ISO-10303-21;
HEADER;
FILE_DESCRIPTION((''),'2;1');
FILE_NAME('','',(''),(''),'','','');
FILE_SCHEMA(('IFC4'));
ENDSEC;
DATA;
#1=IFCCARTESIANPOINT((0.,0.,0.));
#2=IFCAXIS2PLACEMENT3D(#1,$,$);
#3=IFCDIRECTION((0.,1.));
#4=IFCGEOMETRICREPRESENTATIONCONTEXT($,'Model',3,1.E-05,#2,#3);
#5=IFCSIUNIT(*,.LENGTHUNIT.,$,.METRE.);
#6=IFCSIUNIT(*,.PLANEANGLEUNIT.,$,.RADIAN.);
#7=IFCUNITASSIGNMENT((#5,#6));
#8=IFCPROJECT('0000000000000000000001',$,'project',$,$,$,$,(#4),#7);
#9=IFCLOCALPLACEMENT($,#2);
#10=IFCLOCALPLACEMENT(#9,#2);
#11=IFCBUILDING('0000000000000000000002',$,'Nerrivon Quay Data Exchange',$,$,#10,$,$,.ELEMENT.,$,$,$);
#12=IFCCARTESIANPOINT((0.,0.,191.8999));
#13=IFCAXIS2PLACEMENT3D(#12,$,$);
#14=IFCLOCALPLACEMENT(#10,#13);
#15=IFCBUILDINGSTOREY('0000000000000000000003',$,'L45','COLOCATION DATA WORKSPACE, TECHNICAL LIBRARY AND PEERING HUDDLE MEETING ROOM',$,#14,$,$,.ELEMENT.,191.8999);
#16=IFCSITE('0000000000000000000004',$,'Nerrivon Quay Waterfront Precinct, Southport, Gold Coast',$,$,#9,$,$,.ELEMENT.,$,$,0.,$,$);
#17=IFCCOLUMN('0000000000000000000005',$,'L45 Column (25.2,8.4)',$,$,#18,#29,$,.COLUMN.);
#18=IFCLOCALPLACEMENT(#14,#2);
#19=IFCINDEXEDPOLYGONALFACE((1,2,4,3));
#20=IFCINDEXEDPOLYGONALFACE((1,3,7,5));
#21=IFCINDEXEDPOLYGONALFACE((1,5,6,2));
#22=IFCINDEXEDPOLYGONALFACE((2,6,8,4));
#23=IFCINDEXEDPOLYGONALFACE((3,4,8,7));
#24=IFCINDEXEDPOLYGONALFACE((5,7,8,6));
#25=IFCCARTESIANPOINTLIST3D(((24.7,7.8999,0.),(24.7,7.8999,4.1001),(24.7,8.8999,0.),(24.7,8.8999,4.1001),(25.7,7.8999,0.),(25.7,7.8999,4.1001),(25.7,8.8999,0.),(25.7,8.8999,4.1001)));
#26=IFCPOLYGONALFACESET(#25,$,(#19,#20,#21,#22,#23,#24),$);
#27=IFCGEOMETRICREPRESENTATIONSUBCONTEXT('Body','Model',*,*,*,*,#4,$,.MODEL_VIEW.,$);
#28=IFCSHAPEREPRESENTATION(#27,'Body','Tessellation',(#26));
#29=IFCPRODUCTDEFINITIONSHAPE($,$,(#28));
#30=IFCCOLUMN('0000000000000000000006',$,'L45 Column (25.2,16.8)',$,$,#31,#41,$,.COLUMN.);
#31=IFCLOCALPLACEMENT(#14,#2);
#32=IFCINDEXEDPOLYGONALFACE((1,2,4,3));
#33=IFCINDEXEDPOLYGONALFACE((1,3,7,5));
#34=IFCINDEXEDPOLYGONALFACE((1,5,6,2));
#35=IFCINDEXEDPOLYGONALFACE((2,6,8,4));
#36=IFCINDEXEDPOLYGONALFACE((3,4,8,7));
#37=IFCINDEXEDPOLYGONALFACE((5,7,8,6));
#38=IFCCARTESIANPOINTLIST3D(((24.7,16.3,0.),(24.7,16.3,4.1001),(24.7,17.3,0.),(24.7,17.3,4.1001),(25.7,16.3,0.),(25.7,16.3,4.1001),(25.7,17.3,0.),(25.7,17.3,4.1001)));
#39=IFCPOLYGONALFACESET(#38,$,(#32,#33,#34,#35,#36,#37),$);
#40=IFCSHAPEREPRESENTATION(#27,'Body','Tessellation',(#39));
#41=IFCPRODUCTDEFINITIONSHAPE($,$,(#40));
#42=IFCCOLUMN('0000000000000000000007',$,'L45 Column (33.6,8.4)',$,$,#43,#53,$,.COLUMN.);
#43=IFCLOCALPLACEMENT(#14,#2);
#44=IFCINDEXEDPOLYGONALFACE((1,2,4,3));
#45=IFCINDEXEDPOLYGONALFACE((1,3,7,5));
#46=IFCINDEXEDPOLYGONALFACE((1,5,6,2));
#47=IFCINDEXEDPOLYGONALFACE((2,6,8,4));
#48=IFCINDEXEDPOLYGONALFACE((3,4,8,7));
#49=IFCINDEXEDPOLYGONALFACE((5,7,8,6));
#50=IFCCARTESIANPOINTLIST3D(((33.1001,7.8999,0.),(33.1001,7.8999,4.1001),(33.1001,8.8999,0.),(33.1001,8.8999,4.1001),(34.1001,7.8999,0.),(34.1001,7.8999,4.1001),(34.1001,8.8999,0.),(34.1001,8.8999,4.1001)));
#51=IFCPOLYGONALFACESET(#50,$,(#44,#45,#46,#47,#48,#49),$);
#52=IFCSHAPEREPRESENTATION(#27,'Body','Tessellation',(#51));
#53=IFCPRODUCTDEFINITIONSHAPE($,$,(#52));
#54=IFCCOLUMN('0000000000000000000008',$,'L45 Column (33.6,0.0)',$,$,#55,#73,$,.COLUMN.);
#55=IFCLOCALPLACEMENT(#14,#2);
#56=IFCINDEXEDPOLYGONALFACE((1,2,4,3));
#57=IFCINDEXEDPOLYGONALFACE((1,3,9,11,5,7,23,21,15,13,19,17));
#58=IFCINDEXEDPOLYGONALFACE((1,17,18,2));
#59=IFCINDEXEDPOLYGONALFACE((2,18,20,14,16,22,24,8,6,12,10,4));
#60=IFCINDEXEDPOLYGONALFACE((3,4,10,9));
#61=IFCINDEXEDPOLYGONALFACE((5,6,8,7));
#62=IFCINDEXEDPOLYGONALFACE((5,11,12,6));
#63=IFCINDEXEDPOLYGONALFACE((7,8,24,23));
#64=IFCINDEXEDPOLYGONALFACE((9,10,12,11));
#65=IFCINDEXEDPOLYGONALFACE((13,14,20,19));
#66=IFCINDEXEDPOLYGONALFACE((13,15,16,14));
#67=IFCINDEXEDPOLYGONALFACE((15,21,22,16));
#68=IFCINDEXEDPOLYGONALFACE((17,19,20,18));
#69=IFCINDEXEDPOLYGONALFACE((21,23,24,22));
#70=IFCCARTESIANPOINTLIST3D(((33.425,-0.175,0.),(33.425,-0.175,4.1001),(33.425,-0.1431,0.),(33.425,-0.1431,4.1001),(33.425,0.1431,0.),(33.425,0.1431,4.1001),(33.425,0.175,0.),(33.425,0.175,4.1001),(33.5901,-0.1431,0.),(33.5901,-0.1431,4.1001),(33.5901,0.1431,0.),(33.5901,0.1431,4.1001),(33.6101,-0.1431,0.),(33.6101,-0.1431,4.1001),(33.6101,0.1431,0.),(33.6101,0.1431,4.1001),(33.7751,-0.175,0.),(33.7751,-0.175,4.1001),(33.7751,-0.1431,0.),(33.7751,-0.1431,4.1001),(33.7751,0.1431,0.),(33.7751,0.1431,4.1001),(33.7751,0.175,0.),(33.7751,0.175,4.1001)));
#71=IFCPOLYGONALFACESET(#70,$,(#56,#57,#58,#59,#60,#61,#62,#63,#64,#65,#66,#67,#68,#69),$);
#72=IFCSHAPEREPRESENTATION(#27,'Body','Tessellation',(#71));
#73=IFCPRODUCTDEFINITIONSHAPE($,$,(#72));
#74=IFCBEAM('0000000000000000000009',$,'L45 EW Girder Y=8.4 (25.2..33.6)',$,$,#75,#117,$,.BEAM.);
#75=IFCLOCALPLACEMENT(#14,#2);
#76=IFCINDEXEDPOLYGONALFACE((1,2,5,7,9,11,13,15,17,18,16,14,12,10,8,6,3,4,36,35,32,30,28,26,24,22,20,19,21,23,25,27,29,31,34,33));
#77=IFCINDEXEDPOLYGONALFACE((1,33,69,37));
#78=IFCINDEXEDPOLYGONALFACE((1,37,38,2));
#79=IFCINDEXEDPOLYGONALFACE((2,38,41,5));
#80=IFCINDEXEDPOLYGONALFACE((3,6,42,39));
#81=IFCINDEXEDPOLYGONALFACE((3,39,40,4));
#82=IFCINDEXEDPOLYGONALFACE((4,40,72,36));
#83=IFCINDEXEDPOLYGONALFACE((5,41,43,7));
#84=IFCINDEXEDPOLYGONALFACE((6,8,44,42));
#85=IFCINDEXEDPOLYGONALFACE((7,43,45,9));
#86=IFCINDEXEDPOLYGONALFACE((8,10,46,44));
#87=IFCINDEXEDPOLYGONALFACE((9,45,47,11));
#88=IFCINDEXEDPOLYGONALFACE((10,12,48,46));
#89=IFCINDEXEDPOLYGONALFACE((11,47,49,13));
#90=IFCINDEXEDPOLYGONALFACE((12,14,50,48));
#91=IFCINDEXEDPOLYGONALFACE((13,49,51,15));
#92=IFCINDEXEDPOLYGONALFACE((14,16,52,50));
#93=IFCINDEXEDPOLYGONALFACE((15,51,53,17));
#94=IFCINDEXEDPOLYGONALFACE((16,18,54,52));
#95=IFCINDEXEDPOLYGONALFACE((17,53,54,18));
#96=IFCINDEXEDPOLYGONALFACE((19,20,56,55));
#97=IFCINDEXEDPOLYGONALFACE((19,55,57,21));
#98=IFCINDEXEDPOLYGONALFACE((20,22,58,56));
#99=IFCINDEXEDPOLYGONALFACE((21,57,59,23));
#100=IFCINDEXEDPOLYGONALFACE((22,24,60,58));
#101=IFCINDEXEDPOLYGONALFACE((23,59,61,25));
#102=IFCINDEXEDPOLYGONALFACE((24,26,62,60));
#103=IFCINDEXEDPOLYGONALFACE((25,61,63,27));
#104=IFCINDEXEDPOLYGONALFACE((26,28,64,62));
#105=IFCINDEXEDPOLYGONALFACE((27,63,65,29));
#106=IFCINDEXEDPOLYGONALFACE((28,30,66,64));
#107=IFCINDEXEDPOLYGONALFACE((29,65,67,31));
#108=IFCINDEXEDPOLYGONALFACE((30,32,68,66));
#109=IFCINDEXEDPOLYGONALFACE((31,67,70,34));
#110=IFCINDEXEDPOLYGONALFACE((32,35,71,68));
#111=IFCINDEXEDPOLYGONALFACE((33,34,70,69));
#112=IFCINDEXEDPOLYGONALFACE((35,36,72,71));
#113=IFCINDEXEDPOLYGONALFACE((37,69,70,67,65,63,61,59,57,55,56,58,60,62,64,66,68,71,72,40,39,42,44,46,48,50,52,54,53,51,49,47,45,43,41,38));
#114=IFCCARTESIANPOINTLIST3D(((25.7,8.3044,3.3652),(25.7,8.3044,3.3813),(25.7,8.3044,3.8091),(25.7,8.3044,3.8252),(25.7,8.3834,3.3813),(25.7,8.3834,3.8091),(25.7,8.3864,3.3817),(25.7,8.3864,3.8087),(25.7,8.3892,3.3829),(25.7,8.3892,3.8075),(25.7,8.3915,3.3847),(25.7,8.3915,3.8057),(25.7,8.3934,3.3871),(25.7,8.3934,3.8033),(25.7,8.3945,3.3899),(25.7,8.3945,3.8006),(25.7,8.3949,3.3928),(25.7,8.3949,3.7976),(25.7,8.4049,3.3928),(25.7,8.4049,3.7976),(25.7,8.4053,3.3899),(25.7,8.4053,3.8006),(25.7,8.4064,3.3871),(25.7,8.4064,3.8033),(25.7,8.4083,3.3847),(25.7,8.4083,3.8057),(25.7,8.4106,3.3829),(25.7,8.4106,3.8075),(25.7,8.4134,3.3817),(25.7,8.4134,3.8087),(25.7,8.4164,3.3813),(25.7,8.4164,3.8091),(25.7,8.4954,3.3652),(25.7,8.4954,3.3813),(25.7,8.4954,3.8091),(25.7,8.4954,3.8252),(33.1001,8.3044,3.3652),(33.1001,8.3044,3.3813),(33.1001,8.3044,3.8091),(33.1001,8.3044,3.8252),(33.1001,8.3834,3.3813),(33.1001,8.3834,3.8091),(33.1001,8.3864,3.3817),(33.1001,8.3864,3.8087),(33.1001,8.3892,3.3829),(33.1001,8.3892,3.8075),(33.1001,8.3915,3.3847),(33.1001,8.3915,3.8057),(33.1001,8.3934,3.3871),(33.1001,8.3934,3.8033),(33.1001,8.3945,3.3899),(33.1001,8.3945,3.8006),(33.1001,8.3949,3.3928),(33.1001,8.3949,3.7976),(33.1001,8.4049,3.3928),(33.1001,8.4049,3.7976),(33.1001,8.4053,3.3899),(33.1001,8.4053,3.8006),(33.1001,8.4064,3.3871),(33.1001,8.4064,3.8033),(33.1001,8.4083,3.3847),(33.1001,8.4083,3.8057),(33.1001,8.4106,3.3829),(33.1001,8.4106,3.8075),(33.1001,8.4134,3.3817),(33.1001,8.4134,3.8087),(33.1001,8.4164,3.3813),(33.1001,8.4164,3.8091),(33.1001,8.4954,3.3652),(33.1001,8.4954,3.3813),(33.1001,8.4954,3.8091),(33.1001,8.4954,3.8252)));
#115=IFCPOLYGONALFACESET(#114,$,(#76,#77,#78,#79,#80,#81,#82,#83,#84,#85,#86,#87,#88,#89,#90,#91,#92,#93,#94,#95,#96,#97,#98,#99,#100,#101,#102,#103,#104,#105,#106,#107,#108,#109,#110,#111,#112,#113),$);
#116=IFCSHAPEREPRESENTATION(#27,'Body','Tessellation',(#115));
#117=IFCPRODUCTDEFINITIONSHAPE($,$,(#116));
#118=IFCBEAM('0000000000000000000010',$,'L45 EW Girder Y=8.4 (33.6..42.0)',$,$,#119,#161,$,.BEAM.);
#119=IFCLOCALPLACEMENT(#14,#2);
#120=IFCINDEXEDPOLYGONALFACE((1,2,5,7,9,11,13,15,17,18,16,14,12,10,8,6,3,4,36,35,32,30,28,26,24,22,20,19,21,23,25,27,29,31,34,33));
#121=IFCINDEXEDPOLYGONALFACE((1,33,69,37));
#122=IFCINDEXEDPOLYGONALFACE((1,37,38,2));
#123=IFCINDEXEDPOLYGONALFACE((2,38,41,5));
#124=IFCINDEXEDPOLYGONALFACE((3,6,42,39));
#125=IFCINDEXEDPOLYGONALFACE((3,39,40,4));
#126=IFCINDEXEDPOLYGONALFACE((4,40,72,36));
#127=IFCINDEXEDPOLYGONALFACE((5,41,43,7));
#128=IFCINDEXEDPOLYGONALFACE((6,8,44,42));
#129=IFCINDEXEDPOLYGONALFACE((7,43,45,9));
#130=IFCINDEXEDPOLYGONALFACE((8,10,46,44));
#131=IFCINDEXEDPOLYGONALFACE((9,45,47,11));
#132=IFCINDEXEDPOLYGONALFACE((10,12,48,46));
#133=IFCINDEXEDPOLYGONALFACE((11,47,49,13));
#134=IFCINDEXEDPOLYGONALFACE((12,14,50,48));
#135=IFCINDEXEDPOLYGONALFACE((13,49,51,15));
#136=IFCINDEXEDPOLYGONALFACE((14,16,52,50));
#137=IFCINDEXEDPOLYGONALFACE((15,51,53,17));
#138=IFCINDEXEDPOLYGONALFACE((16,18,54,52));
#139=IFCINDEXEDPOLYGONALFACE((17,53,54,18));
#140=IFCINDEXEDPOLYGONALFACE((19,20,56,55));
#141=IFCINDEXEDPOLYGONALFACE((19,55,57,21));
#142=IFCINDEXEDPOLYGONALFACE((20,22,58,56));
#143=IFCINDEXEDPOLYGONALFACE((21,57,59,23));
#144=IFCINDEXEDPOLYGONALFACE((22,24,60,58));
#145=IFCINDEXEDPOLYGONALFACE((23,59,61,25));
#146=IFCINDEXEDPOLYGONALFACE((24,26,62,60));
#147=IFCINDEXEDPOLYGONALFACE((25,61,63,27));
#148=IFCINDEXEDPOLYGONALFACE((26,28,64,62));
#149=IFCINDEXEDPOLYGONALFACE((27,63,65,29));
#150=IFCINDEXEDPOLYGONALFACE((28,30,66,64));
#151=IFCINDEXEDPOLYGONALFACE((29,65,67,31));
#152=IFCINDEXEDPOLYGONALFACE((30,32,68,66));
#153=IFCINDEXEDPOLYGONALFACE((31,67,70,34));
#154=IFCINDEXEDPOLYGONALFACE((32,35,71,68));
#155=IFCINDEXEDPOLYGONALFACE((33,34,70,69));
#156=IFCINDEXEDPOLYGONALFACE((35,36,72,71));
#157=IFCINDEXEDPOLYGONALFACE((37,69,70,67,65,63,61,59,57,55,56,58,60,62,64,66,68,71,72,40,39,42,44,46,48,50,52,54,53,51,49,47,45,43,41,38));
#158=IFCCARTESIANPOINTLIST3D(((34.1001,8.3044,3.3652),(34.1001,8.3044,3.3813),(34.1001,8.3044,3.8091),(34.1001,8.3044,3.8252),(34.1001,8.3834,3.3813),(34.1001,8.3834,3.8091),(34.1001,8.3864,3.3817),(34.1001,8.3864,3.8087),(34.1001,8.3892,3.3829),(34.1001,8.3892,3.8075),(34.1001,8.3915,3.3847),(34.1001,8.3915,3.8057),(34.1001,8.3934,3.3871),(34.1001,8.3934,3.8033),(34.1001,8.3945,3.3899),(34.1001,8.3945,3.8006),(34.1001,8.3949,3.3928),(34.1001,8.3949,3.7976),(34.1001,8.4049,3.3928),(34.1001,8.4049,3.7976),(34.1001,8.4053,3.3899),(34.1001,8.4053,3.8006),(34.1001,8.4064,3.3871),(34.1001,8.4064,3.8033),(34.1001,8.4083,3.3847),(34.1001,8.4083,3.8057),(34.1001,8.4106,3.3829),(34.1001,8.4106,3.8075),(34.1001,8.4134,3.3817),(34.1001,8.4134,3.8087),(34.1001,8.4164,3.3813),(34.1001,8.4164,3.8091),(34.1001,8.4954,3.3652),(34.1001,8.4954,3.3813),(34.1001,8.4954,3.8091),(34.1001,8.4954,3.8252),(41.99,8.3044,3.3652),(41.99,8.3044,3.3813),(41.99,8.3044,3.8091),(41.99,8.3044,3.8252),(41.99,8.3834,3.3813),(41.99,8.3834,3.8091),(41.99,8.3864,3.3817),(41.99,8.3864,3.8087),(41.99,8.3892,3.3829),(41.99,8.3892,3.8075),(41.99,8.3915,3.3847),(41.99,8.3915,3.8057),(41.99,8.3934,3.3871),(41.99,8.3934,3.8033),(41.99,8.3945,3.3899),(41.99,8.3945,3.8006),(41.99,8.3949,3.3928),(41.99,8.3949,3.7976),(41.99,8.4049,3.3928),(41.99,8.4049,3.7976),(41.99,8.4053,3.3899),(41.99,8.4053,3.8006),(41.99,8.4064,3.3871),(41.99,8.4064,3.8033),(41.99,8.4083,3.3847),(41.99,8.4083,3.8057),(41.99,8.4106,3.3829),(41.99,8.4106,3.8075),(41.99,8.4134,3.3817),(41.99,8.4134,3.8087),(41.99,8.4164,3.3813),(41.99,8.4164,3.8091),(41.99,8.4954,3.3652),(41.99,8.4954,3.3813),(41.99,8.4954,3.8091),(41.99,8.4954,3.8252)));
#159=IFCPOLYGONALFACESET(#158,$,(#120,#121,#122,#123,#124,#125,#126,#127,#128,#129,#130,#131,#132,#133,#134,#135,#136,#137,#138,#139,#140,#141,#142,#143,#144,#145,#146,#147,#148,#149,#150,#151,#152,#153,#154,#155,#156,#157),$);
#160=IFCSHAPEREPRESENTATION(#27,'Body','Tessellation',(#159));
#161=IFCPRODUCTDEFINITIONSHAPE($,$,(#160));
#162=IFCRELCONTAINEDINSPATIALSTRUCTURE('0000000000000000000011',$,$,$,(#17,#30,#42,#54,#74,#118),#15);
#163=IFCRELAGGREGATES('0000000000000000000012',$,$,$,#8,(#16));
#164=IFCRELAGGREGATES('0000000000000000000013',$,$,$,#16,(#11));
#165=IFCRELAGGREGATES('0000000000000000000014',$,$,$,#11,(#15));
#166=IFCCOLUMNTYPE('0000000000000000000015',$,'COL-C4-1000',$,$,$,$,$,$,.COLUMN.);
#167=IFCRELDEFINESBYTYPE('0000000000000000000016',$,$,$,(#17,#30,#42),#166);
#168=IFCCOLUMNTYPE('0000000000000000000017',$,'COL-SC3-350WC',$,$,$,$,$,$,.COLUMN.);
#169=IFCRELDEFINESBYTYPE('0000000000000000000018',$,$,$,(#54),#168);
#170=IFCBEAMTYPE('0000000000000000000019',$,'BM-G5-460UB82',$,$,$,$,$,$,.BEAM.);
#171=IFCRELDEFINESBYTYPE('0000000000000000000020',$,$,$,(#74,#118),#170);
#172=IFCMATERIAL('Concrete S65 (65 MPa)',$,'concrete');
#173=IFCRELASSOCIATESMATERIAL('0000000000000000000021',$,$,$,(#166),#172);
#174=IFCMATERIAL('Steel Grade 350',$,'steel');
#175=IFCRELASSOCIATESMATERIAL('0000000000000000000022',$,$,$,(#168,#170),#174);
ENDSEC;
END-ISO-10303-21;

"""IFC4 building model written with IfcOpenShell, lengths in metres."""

from ifc_helpers import new_model, si_unit, direction, frame, origin, origin_2d, place, context, subcontext, project, spatial, rectangle, i_section, extrude, material, material_profile, profile_set, type_object, element, save


model = new_model("IFC4")

# Units and contexts
model_context = context("Model", 3, precision=1e-05, world=origin(), true_north=direction((0.0, 1.0)))
body_context = subcontext(model_context, "Body", "Model", "MODEL_VIEW")
ifc_project = project(units=[si_unit("LENGTHUNIT", "METRE"), si_unit("PLANEANGLEUNIT", "RADIAN")], contexts=[model_context])

# Site, building, storey
site_placement = place(None, origin())
site = spatial("IfcSite", under=ifc_project, at=site_placement, Name="Nerrivon Quay Waterfront Precinct, Southport, Gold Coast", CompositionType="ELEMENT", RefElevation=0.0)
building_placement = place(site_placement, origin())
building = spatial("IfcBuilding", under=site, at=building_placement, Name="Nerrivon Quay Data Exchange", CompositionType="ELEMENT")
storey_placement = place(building_placement, frame((0.0, 0.0, 191.8999)))
storey = spatial("IfcBuildingStorey", under=building, at=storey_placement, Name="L45", Description="COLOCATION DATA WORKSPACE, TECHNICAL LIBRARY AND PEERING HUDDLE MEETING ROOM", CompositionType="ELEMENT", Elevation=191.8999)

# Columns
ifc_material_1 = material(Name="Concrete S65 (65 MPa)", Category="concrete")
ifc_material_profile_1 = material_profile(ifc_material_1, rectangle(XDim=1.0, YDim=1.0, at=origin_2d()), Name="RC-COL-1000x1000")
ifc_profile_set_1 = profile_set([ifc_material_profile_1], Name="Concrete S65 (65 MPa)")
column_type_1 = type_object("IfcColumnType", Name="COL-C4-1000", PredefinedType="COLUMN", material=ifc_profile_set_1)
for number, where, z_axis, x_axis, name in (
    (1, (25.2, 8.3999, 0.0), (0.0, 0.0, 1.0), (1.0, 0.0, 0.0), "L45 Column (25.2,8.4)"),
    (2, (25.2, 16.8, 0.0), (0.0, 0.0, 1.0), (1.0, 0.0, 0.0), "L45 Column (25.2,16.8)"),
    (3, (33.6001, 8.3999, 0.0), (0.0, 0.0, 1.0), (1.0, 0.0, 0.0), "L45 Column (33.6,8.4)"),
):
    element("IfcColumn", number, at=place(storey_placement, frame(where, z_axis=z_axis, x_axis=x_axis)), inside=storey, type_object=column_type_1, Name=name, PredefinedType="COLUMN", context=body_context, shape_type="SweptSolid", body=[
        extrude(rectangle(XDim=1.0, YDim=1.0, at=origin_2d()), origin(), (0.0, 0.0, 1.0), 4.1001),
    ])
ifc_material_2 = material(Name="Steel Grade 350", Category="steel")
ifc_material_profile_2 = material_profile(ifc_material_2, i_section(OverallWidth=0.3501, OverallDepth=0.3501, WebThickness=0.02, FlangeThickness=0.032, at=origin_2d()), Name="350WC230")
ifc_profile_set_2 = profile_set([ifc_material_profile_2], Name="Steel Grade 350")
column_type_2 = type_object("IfcColumnType", Name="COL-SC3-350WC", PredefinedType="COLUMN", material=ifc_profile_set_2)
column_placement = place(storey_placement, frame((33.6001, 0.0, 0.0), z_axis=(0.0, 0.0, 1.0), x_axis=(1.0, 0.0, 0.0)))
element("IfcColumn", 4, at=column_placement, inside=storey, type_object=column_type_2, Name="L45 Column (33.6,0.0)", PredefinedType="COLUMN", context=body_context, shape_type="SweptSolid", body=[
    extrude(i_section(OverallWidth=0.3501, OverallDepth=0.3501, WebThickness=0.02, FlangeThickness=0.032, at=origin_2d()), origin(), (0.0, 0.0, 1.0), 4.1001),
])

# Beams
ifc_material_profile_3 = material_profile(ifc_material_2, i_section(OverallWidth=0.1909, OverallDepth=0.46, WebThickness=0.01, FlangeThickness=0.0161, FilletRadius=0.0115, at=origin_2d()), Name="460UB82.1")
ifc_profile_set_3 = profile_set([ifc_material_profile_3], Name="Steel Grade 350")
beam_type_1 = type_object("IfcBeamType", Name="BM-G5-460UB82", PredefinedType="BEAM", material=ifc_profile_set_3)
beam_1_placement = place(storey_placement, frame((25.7, 8.3999, 3.5952), z_axis=(1.0, 0.0, 0.0), x_axis=(0.0, 1.0, 0.0)))
element("IfcBeam", 5, at=beam_1_placement, inside=storey, type_object=beam_type_1, Name="L45 EW Girder Y=8.4 (25.2..33.6)", PredefinedType="BEAM", context=body_context, shape_type="SweptSolid", body=[
    extrude(i_section(OverallWidth=0.1909, OverallDepth=0.46, WebThickness=0.01, FlangeThickness=0.0161, FilletRadius=0.0115, at=origin_2d()), origin(), (0.0, 0.0, 1.0), 7.4001),
])
beam_2_placement = place(storey_placement, frame((34.1001, 8.3999, 3.5952), z_axis=(1.0, 0.0, 0.0), x_axis=(0.0, 1.0, 0.0)))
element("IfcBeam", 6, at=beam_2_placement, inside=storey, type_object=beam_type_1, Name="L45 EW Girder Y=8.4 (33.6..42.0)", PredefinedType="BEAM", context=body_context, shape_type="SweptSolid", body=[
    extrude(i_section(OverallWidth=0.1909, OverallDepth=0.46, WebThickness=0.01, FlangeThickness=0.0161, FilletRadius=0.0115, at=origin_2d()), origin(), (0.0, 0.0, 1.0), 7.8899),
])

save(model, "model.ifc")
